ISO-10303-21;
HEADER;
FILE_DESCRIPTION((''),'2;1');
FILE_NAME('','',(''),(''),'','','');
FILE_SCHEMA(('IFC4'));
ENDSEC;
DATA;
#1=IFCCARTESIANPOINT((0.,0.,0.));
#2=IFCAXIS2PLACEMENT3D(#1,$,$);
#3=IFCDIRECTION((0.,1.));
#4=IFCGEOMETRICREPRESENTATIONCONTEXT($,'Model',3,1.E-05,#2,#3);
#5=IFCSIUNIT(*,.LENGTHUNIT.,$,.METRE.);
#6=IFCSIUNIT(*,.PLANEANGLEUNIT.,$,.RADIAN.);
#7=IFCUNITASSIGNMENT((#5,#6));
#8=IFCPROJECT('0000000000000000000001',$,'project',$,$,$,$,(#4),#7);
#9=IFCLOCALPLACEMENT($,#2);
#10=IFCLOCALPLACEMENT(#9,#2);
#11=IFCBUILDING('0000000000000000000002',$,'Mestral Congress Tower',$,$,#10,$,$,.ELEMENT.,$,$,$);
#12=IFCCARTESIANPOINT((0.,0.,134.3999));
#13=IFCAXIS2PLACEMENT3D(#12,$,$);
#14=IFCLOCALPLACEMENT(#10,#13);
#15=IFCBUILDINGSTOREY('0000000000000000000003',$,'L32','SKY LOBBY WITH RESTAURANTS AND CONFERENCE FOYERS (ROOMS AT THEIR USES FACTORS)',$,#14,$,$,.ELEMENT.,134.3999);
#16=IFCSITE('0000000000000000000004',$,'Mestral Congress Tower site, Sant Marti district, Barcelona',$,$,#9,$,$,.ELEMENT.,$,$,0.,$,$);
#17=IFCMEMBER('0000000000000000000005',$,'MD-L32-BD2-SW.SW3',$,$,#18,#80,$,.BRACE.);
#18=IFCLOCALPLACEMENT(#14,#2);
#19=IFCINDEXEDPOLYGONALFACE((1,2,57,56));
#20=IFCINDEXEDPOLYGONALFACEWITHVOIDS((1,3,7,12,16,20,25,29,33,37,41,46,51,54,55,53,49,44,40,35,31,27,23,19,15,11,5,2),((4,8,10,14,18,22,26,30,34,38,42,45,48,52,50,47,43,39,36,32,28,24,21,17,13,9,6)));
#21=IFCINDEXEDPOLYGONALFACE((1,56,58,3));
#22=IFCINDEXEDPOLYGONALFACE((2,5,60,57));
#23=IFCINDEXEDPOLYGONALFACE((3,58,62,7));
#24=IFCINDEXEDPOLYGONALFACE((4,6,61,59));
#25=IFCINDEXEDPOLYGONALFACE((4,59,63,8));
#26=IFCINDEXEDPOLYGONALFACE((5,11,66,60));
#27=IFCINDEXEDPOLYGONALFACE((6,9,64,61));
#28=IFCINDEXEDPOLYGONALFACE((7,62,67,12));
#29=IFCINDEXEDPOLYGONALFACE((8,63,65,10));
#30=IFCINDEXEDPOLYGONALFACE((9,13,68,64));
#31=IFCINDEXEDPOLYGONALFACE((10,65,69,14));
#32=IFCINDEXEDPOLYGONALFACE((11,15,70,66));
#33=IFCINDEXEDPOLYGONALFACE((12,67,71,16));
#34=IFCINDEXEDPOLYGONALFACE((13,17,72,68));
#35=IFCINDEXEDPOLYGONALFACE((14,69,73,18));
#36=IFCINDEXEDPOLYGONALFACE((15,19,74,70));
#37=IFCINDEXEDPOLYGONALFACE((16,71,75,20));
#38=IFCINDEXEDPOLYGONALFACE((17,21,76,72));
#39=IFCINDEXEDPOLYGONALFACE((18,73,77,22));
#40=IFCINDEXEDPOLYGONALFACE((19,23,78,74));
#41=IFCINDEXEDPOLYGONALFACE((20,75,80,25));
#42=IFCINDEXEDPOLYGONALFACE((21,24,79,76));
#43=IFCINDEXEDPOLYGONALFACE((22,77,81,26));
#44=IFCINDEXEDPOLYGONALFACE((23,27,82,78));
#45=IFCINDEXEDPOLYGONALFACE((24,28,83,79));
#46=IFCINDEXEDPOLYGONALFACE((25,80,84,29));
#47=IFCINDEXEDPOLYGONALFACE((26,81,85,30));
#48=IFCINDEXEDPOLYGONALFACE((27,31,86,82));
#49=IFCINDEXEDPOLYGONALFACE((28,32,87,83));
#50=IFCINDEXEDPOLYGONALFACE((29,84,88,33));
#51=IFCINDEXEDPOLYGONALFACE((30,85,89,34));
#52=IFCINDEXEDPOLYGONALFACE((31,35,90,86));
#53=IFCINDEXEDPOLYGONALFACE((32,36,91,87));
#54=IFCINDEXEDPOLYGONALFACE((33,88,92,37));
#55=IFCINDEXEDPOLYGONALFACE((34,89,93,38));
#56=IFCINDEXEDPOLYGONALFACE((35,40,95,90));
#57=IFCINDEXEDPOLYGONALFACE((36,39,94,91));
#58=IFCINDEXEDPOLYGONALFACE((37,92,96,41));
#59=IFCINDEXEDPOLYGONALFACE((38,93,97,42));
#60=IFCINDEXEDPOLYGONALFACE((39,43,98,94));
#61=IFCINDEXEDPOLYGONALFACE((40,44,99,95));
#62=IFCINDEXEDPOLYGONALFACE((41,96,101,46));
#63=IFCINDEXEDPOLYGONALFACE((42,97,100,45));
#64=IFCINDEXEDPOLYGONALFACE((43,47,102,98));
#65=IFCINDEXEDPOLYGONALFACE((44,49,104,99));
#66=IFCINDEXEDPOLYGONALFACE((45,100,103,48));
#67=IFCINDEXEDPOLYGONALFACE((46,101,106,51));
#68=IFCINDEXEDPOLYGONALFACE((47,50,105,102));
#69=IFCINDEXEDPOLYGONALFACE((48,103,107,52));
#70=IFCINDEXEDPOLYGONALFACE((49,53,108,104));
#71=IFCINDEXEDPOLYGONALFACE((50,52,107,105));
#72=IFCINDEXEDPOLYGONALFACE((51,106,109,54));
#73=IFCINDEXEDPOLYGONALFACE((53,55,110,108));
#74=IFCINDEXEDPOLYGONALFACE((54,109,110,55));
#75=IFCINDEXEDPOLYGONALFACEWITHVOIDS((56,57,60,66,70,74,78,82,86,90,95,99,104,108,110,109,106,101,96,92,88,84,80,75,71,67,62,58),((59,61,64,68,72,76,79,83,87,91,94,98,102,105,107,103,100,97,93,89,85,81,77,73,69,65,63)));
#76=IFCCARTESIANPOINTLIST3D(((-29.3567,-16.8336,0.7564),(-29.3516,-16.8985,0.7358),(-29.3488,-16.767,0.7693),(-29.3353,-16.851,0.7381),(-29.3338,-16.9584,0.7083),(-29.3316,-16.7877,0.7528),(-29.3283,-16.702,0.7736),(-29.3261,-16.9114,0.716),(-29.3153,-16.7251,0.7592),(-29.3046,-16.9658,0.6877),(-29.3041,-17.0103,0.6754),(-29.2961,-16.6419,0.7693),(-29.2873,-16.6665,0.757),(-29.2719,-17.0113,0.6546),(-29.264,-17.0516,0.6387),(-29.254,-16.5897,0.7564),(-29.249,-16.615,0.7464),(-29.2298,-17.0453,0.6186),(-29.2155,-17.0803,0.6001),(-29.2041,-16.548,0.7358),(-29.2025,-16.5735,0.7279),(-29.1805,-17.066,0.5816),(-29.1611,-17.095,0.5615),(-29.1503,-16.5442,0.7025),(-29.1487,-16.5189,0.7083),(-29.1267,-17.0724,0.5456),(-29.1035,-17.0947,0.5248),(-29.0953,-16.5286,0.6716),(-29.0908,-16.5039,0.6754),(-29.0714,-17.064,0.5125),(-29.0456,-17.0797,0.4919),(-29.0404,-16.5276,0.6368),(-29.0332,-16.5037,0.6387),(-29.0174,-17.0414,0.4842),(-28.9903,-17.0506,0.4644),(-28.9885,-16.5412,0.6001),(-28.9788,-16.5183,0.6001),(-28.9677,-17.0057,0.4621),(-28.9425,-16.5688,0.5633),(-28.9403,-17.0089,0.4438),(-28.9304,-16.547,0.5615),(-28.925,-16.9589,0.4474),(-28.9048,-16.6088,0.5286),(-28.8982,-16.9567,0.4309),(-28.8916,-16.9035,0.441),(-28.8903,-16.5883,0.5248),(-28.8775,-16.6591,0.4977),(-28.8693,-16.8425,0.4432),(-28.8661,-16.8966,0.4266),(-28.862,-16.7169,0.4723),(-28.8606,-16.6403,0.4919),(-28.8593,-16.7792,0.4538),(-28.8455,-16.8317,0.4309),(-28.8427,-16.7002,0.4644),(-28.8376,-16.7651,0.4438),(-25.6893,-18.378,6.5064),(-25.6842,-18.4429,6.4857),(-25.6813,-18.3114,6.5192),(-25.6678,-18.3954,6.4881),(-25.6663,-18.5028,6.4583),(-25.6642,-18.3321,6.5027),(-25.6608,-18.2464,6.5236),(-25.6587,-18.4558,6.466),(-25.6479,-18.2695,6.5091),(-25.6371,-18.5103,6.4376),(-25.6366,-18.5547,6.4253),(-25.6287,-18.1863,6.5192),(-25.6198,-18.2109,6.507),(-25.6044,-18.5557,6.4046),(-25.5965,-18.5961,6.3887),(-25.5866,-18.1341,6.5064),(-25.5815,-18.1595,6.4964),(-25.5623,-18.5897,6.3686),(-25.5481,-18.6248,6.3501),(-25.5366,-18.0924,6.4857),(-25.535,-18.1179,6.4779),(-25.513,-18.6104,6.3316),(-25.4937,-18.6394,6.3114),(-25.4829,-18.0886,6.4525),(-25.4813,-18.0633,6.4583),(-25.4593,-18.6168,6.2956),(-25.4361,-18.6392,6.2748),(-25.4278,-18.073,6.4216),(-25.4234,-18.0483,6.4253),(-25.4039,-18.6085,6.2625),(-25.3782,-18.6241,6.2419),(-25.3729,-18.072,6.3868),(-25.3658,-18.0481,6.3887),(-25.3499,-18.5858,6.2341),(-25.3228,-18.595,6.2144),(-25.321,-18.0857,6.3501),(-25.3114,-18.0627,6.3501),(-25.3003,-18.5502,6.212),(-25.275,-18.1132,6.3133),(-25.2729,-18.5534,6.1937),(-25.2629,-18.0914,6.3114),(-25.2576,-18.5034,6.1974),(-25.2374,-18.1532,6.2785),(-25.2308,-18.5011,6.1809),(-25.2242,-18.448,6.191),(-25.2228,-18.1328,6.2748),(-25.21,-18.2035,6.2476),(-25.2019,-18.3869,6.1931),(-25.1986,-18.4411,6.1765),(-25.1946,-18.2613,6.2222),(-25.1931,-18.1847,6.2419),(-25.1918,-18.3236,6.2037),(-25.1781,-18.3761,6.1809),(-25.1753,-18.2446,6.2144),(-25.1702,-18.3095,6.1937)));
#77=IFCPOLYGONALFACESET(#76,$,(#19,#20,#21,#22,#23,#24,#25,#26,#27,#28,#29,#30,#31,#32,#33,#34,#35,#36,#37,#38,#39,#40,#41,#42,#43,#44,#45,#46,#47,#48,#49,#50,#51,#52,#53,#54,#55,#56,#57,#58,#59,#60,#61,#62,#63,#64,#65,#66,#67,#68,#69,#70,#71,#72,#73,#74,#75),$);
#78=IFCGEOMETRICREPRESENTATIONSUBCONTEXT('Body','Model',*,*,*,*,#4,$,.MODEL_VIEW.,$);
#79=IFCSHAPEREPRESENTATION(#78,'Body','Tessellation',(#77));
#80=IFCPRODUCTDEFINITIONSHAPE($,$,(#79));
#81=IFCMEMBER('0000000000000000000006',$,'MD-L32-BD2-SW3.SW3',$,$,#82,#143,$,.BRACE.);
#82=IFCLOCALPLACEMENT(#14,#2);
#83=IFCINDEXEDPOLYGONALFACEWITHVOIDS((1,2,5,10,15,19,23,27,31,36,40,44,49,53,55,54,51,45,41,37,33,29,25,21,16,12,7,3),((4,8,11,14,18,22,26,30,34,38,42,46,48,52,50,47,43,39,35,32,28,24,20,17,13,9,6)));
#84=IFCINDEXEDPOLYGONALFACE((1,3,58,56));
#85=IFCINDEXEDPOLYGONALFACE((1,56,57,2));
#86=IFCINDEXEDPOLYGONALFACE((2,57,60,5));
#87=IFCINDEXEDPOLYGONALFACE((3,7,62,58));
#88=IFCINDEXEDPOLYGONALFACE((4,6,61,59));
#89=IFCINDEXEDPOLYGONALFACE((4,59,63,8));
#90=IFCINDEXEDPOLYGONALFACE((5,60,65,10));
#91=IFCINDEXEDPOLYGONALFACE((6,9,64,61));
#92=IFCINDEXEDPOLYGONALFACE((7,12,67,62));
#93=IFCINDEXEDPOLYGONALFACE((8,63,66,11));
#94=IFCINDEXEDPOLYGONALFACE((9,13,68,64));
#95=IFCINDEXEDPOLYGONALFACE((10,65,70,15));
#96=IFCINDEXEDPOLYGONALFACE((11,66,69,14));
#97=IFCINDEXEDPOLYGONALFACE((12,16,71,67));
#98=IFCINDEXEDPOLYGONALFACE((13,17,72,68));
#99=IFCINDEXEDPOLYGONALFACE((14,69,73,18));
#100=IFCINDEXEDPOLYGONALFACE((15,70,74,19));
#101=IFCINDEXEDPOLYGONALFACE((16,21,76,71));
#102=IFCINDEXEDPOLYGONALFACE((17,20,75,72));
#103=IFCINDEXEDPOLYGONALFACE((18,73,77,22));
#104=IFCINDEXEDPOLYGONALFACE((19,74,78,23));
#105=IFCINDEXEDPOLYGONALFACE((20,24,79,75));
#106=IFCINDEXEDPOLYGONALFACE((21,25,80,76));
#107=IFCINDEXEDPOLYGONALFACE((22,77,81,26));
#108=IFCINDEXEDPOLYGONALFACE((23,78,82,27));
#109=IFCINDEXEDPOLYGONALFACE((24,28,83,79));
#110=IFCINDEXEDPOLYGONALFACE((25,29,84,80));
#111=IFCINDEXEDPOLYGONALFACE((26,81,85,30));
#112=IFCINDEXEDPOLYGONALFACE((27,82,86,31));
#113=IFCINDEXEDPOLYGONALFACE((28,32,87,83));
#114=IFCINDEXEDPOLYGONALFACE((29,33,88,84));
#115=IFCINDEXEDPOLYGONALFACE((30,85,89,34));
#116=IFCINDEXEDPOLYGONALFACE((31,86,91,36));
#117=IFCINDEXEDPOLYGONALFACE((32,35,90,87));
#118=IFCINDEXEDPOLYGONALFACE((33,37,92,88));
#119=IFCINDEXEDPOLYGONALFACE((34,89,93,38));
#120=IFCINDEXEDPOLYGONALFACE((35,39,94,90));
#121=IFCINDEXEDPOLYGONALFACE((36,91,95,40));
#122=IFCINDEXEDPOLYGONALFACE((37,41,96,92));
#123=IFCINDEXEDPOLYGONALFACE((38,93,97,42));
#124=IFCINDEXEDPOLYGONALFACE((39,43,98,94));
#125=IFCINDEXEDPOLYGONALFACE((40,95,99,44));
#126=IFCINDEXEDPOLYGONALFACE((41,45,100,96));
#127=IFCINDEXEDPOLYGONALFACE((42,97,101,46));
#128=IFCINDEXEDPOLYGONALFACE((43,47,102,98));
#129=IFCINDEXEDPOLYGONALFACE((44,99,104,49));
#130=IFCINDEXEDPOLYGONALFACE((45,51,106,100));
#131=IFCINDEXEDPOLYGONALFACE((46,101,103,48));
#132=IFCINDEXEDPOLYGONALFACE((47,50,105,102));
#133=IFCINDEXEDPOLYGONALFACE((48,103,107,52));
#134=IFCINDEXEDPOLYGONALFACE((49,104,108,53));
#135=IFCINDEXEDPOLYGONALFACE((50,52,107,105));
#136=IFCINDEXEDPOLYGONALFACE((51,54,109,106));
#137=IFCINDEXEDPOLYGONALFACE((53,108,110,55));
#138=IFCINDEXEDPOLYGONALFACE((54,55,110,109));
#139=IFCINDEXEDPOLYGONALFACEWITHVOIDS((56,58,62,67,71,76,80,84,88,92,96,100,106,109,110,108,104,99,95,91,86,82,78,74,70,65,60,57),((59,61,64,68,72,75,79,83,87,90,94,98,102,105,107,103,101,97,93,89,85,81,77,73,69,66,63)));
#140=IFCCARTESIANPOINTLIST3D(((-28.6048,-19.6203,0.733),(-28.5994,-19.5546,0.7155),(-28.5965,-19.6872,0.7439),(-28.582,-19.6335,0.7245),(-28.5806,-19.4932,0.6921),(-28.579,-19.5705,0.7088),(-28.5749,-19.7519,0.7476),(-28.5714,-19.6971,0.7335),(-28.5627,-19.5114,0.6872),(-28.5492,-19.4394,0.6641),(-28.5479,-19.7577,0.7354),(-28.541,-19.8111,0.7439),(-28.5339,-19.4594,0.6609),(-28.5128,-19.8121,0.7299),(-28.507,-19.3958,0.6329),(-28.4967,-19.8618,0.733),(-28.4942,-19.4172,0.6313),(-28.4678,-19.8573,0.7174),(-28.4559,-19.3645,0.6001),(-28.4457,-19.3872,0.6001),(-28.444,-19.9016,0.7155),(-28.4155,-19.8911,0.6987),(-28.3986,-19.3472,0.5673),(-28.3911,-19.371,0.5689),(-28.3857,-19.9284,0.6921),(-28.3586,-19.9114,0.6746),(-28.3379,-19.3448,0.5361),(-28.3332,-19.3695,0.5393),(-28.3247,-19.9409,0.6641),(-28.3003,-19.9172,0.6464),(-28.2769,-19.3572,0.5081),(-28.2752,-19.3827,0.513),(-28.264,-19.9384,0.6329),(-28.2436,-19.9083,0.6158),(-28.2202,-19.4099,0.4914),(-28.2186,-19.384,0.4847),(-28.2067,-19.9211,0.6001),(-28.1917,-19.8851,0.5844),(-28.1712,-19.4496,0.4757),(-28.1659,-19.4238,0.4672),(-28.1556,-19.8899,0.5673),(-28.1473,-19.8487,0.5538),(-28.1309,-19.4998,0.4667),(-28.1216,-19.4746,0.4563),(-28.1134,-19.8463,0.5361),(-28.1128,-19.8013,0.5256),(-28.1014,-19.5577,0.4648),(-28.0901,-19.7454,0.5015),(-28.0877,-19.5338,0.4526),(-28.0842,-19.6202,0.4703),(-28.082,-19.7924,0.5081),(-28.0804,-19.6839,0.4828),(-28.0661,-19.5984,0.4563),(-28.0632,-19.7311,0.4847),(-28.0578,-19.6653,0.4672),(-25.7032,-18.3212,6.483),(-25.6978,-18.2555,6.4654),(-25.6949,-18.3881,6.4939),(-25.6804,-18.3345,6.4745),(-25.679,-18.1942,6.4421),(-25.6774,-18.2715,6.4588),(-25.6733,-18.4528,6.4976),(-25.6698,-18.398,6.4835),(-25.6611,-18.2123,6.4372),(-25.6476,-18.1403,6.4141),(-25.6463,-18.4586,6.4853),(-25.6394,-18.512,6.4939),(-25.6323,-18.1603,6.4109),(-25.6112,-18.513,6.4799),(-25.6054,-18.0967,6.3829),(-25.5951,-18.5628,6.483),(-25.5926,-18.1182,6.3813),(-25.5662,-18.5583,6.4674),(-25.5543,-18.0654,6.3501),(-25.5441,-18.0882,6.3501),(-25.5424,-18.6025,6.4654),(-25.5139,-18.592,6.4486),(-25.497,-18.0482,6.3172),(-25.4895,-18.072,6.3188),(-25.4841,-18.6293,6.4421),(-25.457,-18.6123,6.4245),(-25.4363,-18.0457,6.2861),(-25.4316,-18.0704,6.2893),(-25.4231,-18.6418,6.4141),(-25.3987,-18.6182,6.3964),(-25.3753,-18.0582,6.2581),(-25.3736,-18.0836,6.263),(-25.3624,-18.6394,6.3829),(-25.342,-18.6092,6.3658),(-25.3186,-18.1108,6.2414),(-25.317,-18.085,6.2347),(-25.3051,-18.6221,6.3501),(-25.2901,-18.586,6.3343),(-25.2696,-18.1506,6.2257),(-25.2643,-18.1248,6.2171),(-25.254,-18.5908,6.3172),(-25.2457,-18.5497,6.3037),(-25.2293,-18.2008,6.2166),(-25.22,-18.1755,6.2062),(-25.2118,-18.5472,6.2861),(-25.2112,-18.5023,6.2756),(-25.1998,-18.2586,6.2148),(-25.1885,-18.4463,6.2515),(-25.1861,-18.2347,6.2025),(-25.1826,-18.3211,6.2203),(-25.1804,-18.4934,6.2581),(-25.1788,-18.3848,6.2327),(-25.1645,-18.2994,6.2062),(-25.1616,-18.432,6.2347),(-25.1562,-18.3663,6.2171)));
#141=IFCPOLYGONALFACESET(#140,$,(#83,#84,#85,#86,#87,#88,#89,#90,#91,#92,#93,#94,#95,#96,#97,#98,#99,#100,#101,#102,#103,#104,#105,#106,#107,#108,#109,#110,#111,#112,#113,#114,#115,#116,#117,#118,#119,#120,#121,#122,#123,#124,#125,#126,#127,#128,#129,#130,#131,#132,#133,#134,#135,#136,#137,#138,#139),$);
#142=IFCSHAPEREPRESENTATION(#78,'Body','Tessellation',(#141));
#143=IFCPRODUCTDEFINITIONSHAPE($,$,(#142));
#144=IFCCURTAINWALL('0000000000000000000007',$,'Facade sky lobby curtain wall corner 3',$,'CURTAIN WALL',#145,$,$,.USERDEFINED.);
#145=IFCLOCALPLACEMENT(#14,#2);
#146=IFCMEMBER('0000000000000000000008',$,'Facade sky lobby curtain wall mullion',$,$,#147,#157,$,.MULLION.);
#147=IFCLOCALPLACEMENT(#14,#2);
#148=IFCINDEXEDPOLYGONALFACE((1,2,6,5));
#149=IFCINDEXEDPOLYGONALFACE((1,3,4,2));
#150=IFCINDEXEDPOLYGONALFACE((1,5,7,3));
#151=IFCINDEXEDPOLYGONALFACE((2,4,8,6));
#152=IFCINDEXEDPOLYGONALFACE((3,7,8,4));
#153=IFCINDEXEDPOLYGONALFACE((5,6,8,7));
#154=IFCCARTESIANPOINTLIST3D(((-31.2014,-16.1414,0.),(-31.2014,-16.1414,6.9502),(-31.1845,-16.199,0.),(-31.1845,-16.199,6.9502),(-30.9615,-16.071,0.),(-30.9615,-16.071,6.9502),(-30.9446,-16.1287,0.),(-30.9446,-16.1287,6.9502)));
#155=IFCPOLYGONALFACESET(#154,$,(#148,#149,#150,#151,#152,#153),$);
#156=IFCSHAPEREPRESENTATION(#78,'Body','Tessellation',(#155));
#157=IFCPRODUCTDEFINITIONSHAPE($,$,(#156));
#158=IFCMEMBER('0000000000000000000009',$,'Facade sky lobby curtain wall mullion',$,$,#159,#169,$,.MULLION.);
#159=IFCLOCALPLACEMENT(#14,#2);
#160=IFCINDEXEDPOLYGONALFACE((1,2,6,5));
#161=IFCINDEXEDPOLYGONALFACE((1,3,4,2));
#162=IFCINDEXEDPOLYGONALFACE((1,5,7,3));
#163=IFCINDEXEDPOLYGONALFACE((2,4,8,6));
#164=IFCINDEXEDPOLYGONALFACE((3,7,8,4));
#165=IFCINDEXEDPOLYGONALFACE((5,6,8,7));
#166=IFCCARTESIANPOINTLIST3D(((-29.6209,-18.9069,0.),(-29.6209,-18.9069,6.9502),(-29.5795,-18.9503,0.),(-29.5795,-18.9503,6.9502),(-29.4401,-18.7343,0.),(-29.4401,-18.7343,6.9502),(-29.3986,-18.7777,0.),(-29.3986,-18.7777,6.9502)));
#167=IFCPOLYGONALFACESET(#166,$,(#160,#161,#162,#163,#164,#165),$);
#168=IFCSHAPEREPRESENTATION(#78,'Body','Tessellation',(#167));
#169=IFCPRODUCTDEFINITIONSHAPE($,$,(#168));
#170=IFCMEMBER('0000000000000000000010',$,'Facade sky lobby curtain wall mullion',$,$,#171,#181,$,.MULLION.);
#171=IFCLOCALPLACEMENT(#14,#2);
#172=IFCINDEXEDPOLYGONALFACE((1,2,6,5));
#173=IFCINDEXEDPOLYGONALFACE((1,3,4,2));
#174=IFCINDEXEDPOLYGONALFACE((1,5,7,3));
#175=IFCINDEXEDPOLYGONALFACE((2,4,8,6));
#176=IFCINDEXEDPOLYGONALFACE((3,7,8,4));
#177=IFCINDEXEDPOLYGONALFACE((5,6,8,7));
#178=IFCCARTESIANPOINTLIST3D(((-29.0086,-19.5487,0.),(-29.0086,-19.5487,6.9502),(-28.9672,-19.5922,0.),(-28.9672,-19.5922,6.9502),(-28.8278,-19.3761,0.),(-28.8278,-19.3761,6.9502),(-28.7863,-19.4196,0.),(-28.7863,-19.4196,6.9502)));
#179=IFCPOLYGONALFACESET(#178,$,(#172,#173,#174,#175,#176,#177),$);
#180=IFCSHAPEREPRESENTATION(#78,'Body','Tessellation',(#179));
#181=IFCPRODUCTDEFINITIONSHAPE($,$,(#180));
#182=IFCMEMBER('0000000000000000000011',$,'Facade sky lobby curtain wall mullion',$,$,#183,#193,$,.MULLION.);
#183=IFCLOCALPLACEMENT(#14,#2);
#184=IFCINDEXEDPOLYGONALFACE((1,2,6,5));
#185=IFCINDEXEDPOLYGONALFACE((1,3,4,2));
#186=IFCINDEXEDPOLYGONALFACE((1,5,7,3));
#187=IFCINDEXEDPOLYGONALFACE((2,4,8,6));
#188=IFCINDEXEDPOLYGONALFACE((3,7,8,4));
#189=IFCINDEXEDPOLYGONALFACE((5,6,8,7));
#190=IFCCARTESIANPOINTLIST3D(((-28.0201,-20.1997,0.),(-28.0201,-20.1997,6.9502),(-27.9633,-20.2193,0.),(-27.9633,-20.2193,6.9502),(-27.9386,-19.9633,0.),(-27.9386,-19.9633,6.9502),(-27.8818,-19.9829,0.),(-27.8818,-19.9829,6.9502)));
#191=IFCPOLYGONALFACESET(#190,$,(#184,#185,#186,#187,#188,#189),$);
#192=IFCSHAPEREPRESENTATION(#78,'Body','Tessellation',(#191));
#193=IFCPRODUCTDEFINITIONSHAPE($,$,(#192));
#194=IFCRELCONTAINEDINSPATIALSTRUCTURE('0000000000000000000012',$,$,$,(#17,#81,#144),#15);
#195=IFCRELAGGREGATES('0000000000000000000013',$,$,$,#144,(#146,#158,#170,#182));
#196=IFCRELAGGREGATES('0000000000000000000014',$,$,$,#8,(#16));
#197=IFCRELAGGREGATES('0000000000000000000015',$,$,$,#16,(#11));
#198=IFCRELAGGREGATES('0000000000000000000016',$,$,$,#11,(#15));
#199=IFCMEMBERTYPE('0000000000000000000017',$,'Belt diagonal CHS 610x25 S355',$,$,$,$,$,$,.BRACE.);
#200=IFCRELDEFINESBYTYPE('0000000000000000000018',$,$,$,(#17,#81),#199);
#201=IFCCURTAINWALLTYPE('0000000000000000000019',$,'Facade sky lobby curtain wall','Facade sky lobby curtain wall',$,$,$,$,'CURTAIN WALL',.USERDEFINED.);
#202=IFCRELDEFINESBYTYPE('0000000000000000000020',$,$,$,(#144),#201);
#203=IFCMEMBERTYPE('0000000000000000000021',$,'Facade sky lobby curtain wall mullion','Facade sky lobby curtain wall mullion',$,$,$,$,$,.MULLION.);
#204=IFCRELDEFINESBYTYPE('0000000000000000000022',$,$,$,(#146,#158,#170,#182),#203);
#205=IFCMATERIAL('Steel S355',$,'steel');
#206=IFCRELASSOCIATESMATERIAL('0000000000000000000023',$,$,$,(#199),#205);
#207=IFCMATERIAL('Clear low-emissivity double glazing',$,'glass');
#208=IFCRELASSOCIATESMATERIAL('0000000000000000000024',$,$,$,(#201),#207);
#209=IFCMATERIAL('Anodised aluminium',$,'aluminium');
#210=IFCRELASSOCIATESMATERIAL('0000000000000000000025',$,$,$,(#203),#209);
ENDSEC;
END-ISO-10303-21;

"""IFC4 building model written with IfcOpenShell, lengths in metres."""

from ifc_helpers import new_model, si_unit, direction, frame, origin, origin_2d, place, context, subcontext, project, spatial, rectangle, hollow_circle, extrude, material, material_profile, profile_set, type_object, element, aggregate, save


model = new_model("IFC4")

# Units and contexts
model_context = context("Model", 3, precision=1e-05, world=origin(), true_north=direction((0.0, 1.0)))
body_context = subcontext(model_context, "Body", "Model", "MODEL_VIEW")
ifc_project = project(units=[si_unit("LENGTHUNIT", "METRE"), si_unit("PLANEANGLEUNIT", "RADIAN")], contexts=[model_context])

# Site, building, storey
site_placement = place(None, origin())
site = spatial("IfcSite", under=ifc_project, at=site_placement, Name="Mestral Congress Tower site, Sant Marti district, Barcelona", CompositionType="ELEMENT", RefElevation=0.0)
building_placement = place(site_placement, origin())
building = spatial("IfcBuilding", under=site, at=building_placement, Name="Mestral Congress Tower", CompositionType="ELEMENT")
storey_placement = place(building_placement, frame((0.0, 0.0, 134.3999)))
storey = spatial("IfcBuildingStorey", under=building, at=storey_placement, Name="L32", Description="SKY LOBBY WITH RESTAURANTS AND CONFERENCE FOYERS (ROOMS AT THEIR USES FACTORS)", CompositionType="ELEMENT", Elevation=134.3999)

# Members
ifc_material_1 = material(Name="Steel S355", Category="steel")
ifc_material_profile_1 = material_profile(ifc_material_1, hollow_circle(Radius=0.3049, WallThickness=0.0249, at=origin_2d()), Name="CHS 610x25")
ifc_profile_set_1 = profile_set([ifc_material_profile_1], Name="Steel S355")
member_type_1 = type_object("IfcMemberType", Name="Belt diagonal CHS 610x25 S355", PredefinedType="BRACE", material=ifc_profile_set_1)
member_1_placement = place(storey_placement, frame((-29.0972, -16.7993, 0.6001), z_axis=(0.524471, -0.220863, 0.822283), x_axis=(0.388106, 0.921615, 0.0)))
element("IfcMember", 1, at=member_1_placement, inside=storey, type_object=member_type_1, Name="MD-L32-BD2-SW.SW3", PredefinedType="BRACE", context=body_context, shape_type="SweptSolid", body=[
    extrude(hollow_circle(Radius=0.3049, WallThickness=0.0249, at=origin_2d()), origin(), (0.0, 0.0, 1.0), 6.9927),
])
member_2_placement = place(storey_placement, frame((-28.3313, -19.6428, 0.6001), z_axis=(0.441622, 0.197718, 0.875144), x_axis=(-0.408624, 0.912703, 0.0)))
element("IfcMember", 2, at=member_2_placement, inside=storey, type_object=member_type_1, Name="MD-L32-BD2-SW3.SW3", PredefinedType="BRACE", context=body_context, shape_type="SweptSolid", body=[
    extrude(hollow_circle(Radius=0.3049, WallThickness=0.0249, at=origin_2d()), origin(), (0.0, 0.0, 1.0), 6.5703),
])

# Curtain wall, members
ifc_material_2 = material(Name="Clear low-emissivity double glazing", Category="glass")
curtain_wall_type = type_object("IfcCurtainWallType", Name="Facade sky lobby curtain wall", Description="Facade sky lobby curtain wall", ElementType="CURTAIN WALL", PredefinedType="USERDEFINED", material=ifc_material_2)
curtain_wall_placement = place(storey_placement, origin())
curtain_wall = element("IfcCurtainWall", 3, at=curtain_wall_placement, inside=storey, type_object=curtain_wall_type, Name="Facade sky lobby curtain wall corner 3", ObjectType="CURTAIN WALL", PredefinedType="USERDEFINED")
ifc_material_3 = material(Name="Anodised aluminium", Category="aluminium")
ifc_material_profile_2 = material_profile(ifc_material_3, rectangle(XDim=0.25, YDim=0.0601, at=origin_2d()), Name="CW1 mullion 250 x 60")
ifc_profile_set_2 = profile_set([ifc_material_profile_2], Name="Anodised aluminium")
member_type_2 = type_object("IfcMemberType", Name="Facade sky lobby curtain wall mullion", Description="Facade sky lobby curtain wall mullion", PredefinedType="MULLION", material=ifc_profile_set_2)
member_3_placement = place(storey_placement, frame((-31.073, -16.135, 0.0), z_axis=(0.0, 0.0, 1.0), x_axis=(-0.959609, -0.281337, 0.0)))
member_3 = element("IfcMember", 4, at=member_3_placement, type_object=member_type_2, Name="Facade sky lobby curtain wall mullion", PredefinedType="MULLION", context=body_context, shape_type="SweptSolid", body=[
    extrude(rectangle(XDim=0.25, YDim=0.0601, at=origin_2d()), origin(), (0.0, 0.0, 1.0), 6.9502),
])
member_4_placement = place(storey_placement, frame((-29.5098, -18.8423, 0.0), z_axis=(0.0, 0.0, 1.0), x_axis=(-0.723452, -0.690375, 0.0)))
member_4 = element("IfcMember", 5, at=member_4_placement, type_object=member_type_2, Name="Facade sky lobby curtain wall mullion", PredefinedType="MULLION", context=body_context, shape_type="SweptSolid", body=[
    extrude(rectangle(XDim=0.25, YDim=0.0601, at=origin_2d()), origin(), (0.0, 0.0, 1.0), 6.9502),
])
member_5_placement = place(storey_placement, frame((-28.8975, -19.4841, 0.0), z_axis=(0.0, 0.0, 1.0), x_axis=(-0.723452, -0.690375, 0.0)))
member_5 = element("IfcMember", 6, at=member_5_placement, type_object=member_type_2, Name="Facade sky lobby curtain wall mullion", PredefinedType="MULLION", context=body_context, shape_type="SweptSolid", body=[
    extrude(rectangle(XDim=0.25, YDim=0.0601, at=origin_2d()), origin(), (0.0, 0.0, 1.0), 6.9502),
])
member_6_placement = place(storey_placement, frame((-27.9509, -20.0913, 0.0), z_axis=(0.0, 0.0, 1.0), x_axis=(-0.325887, -0.945409, 0.0)))
member_6 = element("IfcMember", 7, at=member_6_placement, type_object=member_type_2, Name="Facade sky lobby curtain wall mullion", PredefinedType="MULLION", context=body_context, shape_type="SweptSolid", body=[
    extrude(rectangle(XDim=0.25, YDim=0.0601, at=origin_2d()), origin(), (0.0, 0.0, 1.0), 6.9502),
])

aggregate(curtain_wall, [member_3, member_4, member_5, member_6])

save(model, "model.ifc")
